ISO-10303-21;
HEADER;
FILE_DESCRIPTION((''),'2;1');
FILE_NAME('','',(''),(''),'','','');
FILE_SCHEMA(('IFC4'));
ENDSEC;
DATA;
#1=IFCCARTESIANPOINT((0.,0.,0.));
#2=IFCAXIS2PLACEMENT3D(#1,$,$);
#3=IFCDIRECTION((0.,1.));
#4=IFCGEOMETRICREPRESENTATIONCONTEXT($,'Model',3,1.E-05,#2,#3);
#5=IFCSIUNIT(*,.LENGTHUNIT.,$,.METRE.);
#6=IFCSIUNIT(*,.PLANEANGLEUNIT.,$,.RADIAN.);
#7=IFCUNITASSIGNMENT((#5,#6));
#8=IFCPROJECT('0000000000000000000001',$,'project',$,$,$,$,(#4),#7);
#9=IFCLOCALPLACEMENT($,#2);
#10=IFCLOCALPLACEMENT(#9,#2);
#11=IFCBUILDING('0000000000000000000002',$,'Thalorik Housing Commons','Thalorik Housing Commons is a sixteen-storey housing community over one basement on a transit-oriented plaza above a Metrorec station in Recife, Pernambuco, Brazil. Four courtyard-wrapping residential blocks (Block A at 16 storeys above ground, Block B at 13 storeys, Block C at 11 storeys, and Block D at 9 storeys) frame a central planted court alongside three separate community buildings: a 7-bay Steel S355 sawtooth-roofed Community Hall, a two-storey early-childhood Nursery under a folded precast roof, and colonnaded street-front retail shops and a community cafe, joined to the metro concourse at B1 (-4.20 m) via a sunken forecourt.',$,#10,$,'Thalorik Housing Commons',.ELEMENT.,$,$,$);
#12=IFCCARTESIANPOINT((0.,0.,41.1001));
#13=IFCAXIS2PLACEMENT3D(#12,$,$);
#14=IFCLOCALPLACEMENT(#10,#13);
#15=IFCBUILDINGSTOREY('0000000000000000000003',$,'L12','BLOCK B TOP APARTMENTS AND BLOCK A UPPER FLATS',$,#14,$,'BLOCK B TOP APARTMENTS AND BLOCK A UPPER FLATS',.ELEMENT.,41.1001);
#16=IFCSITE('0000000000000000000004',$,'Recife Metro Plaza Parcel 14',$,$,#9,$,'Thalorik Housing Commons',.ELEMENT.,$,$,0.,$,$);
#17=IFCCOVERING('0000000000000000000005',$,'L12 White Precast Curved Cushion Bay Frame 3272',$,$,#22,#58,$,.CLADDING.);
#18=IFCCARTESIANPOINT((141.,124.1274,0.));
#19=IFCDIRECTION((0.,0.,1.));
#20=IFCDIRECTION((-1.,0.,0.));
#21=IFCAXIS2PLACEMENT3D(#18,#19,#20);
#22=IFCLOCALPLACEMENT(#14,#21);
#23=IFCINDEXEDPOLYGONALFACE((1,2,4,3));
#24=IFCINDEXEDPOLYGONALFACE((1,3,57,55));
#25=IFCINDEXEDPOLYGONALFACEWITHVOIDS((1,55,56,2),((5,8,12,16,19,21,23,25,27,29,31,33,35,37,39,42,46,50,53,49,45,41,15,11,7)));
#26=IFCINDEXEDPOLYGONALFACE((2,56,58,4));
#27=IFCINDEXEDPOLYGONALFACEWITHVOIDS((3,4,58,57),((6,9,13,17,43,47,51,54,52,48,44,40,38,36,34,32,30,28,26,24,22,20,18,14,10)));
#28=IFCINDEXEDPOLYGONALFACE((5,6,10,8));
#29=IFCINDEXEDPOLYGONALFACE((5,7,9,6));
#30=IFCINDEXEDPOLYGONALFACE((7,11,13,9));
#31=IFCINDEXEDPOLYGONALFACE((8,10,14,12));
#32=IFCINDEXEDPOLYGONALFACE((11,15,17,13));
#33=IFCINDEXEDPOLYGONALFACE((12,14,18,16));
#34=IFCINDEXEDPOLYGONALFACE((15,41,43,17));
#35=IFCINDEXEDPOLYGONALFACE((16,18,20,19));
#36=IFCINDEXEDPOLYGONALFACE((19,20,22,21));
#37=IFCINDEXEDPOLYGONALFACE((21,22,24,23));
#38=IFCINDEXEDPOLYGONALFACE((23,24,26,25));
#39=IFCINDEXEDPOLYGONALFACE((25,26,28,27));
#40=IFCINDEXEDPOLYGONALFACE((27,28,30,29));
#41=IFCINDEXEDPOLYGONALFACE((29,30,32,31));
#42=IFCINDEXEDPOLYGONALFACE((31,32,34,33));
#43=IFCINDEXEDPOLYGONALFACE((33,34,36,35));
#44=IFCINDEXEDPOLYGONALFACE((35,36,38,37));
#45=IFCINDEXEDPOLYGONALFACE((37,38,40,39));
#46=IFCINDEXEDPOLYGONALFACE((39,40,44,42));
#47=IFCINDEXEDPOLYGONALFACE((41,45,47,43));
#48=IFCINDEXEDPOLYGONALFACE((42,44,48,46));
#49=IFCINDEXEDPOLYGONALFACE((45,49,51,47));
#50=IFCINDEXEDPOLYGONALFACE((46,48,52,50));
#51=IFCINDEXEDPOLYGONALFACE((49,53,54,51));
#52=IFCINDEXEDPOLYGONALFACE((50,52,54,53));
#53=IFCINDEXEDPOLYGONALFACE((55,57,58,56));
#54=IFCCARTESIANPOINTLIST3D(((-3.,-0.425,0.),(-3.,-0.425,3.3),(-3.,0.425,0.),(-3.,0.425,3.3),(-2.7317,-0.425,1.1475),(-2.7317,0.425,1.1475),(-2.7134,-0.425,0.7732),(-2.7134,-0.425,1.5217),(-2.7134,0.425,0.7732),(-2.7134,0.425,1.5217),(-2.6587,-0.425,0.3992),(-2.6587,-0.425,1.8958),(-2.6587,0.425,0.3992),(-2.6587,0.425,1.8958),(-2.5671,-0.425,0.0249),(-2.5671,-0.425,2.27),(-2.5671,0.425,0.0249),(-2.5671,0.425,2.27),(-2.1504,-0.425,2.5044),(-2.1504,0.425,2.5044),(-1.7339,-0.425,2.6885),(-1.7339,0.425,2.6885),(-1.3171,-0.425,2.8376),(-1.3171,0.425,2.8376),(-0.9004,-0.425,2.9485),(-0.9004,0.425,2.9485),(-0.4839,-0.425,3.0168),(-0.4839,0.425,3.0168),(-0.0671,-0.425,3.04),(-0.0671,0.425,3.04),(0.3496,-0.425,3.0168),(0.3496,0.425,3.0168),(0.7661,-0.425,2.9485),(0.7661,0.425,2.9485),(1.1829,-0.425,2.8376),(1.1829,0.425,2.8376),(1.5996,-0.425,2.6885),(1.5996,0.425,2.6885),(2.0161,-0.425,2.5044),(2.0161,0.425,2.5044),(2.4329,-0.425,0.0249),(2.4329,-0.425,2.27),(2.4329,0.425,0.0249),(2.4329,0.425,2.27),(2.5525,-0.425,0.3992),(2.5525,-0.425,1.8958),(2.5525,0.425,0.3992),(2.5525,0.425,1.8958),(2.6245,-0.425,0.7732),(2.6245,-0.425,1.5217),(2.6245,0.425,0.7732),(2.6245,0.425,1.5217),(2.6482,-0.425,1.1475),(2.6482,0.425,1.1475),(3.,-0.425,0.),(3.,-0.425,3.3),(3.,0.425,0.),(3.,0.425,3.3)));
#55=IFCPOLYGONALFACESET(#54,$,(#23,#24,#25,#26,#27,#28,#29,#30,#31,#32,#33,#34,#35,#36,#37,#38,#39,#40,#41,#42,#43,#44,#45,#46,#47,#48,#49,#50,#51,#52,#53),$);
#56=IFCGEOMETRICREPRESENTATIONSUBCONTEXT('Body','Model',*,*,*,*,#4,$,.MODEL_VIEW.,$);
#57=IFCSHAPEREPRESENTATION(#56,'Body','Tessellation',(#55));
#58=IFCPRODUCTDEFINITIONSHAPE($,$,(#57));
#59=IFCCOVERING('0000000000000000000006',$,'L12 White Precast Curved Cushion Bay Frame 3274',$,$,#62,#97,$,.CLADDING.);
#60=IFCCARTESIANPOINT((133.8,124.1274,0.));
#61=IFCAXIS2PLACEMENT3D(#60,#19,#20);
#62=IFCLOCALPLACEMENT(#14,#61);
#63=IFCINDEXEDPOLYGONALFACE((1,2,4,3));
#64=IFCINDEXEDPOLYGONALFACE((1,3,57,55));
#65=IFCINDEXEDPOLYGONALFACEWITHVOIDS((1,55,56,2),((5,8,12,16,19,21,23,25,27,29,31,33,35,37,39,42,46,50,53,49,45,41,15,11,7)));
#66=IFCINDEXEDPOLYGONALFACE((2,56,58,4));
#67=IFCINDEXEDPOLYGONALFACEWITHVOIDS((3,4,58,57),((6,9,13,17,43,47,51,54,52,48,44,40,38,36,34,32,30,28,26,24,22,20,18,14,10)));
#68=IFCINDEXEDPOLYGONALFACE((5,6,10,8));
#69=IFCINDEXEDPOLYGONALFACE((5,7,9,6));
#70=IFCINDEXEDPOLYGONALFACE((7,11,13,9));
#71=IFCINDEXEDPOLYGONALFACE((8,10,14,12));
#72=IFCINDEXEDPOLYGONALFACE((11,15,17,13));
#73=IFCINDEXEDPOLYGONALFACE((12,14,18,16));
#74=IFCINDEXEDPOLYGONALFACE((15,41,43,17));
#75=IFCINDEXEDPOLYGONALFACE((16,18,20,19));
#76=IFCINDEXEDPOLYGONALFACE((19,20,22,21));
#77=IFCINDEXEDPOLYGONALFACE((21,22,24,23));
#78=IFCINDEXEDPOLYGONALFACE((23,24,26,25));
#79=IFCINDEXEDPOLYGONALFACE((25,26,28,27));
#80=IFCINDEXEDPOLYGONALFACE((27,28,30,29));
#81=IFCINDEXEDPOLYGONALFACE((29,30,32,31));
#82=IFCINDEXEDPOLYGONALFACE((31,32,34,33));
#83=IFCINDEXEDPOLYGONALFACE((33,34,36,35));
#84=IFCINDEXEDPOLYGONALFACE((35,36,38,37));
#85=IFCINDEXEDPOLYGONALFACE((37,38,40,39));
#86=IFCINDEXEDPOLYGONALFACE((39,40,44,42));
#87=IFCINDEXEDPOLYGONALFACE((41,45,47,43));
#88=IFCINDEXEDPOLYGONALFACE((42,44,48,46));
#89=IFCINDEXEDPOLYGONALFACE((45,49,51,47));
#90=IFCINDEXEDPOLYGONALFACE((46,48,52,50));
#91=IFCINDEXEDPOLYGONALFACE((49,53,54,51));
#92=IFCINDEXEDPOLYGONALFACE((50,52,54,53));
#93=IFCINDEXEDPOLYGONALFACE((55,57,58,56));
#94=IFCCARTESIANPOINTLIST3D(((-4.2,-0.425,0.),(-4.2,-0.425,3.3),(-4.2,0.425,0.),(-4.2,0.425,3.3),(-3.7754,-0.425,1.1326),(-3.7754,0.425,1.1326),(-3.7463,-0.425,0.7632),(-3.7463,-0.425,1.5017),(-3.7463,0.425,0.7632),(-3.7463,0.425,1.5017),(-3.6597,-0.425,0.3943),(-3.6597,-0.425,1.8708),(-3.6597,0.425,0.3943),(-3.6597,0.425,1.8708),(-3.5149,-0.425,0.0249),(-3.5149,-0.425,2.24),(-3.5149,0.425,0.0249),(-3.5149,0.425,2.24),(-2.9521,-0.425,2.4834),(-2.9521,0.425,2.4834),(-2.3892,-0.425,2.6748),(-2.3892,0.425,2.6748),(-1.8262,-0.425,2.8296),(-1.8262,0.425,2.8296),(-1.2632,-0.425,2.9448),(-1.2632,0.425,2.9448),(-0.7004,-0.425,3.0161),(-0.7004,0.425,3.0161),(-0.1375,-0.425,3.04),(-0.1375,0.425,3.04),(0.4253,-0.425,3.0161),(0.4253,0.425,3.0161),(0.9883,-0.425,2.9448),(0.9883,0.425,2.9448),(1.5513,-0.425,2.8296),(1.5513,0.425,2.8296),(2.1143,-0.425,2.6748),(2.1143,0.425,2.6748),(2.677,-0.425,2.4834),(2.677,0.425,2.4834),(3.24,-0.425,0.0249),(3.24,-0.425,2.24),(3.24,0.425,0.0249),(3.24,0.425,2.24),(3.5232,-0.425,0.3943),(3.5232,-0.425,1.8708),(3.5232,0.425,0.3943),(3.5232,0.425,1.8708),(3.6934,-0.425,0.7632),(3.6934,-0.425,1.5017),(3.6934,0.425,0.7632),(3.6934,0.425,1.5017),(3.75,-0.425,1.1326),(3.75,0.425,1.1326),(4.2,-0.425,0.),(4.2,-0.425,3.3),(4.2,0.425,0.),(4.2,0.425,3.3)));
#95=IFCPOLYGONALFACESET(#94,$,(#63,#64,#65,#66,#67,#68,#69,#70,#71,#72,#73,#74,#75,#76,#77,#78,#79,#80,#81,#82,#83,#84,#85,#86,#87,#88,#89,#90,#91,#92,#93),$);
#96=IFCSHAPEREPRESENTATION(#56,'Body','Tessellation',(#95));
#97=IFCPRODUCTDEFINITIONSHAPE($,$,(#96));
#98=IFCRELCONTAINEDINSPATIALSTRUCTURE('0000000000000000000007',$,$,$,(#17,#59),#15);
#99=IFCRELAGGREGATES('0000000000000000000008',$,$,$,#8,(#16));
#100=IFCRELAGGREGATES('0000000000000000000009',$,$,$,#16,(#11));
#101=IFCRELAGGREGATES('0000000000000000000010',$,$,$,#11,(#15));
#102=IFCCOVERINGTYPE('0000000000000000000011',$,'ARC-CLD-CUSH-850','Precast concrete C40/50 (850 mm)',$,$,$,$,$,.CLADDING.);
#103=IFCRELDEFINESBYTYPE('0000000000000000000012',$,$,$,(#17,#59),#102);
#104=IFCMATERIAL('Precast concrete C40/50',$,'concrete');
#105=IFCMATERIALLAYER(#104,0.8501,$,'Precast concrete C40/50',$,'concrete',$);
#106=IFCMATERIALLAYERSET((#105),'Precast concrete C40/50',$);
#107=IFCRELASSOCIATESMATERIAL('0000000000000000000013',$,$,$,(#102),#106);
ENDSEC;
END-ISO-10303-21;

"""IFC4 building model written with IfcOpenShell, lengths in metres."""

from ifc_helpers import new_model, si_unit, direction, frame, origin, place, context, subcontext, project, spatial, polyline, outline, extrude, material, layer, layer_set, type_object, element, save


model = new_model("IFC4")

# Units and contexts
model_context = context("Model", 3, precision=1e-05, world=origin(), true_north=direction((0.0, 1.0)))
body_context = subcontext(model_context, "Body", "Model", "MODEL_VIEW")
ifc_project = project(units=[si_unit("LENGTHUNIT", "METRE"), si_unit("PLANEANGLEUNIT", "RADIAN")], contexts=[model_context])

# Site, building, storey
site_placement = place(None, origin())
site = spatial("IfcSite", under=ifc_project, at=site_placement, Name="Recife Metro Plaza Parcel 14", LongName="Thalorik Housing Commons", CompositionType="ELEMENT", RefElevation=0.0)
building_placement = place(site_placement, origin())
building = spatial("IfcBuilding", under=site, at=building_placement, Name="Thalorik Housing Commons", Description="Thalorik Housing Commons is a sixteen-storey housing community over one basement on a transit-oriented plaza above a Metrorec station in Recife, Pernambuco, Brazil. Four courtyard-wrapping residential blocks (Block A at 16 storeys above ground, Block B at 13 storeys, Block C at 11 storeys, and Block D at 9 storeys) frame a central planted court alongside three separate community buildings: a 7-bay Steel S355 sawtooth-roofed Community Hall, a two-storey early-childhood Nursery under a folded precast roof, and colonnaded street-front retail shops and a community cafe, joined to the metro concourse at B1 (-4.20 m) via a sunken forecourt.", LongName="Thalorik Housing Commons", CompositionType="ELEMENT")
storey_placement = place(building_placement, frame((0.0, 0.0, 41.1001)))
storey = spatial("IfcBuildingStorey", under=building, at=storey_placement, Name="L12", Description="BLOCK B TOP APARTMENTS AND BLOCK A UPPER FLATS", LongName="BLOCK B TOP APARTMENTS AND BLOCK A UPPER FLATS", CompositionType="ELEMENT", Elevation=41.1001)

# Shared definitions
ifc_material_1 = material(Name="Precast concrete C40/50", Category="concrete")

# Coverings
ifc_layer_1 = layer(ifc_material_1, 0.8501, Name="Precast concrete C40/50", Category="concrete")
ifc_layer_set_1 = layer_set([ifc_layer_1], Name="Precast concrete C40/50")
covering_type_1 = type_object("IfcCoveringType", Name="ARC-CLD-CUSH-850", Description="Precast concrete C40/50 (850 mm)", PredefinedType="CLADDING", material=ifc_layer_set_1)
covering_1_placement = place(storey_placement, frame((141.0, 124.1274, 0.0), z_axis=(0.0, 0.0, 1.0), x_axis=(-1.0, 0.0, 0.0)))
element("IfcCovering", 1, at=covering_1_placement, inside=storey, type_object=covering_type_1, Name="L12 White Precast Curved Cushion Bay Frame 3272", PredefinedType="CLADDING", context=body_context, shape_type="SweptSolid", body=[
    extrude(outline(polyline([(-3.0, 0.0), (3.0, 0.0), (3.0, 3.3), (-3.0, 3.3), (-3.0, 0.0)]), holes=[polyline([(2.4329, 0.0249), (2.5525, 0.3992), (2.6245, 0.7732), (2.6482, 1.1475), (2.6245, 1.5217), (2.5525, 1.8958), (2.4329, 2.27), (2.0161, 2.5044), (1.5996, 2.6885), (1.1829, 2.8376), (0.7661, 2.9485), (0.3496, 3.0168), (-0.0671, 3.04), (-0.4839, 3.0168), (-0.9004, 2.9485), (-1.3171, 2.8376), (-1.7339, 2.6885), (-2.1504, 2.5044), (-2.5671, 2.27), (-2.6587, 1.8958), (-2.7134, 1.5217), (-2.7317, 1.1475), (-2.7134, 0.7732), (-2.6587, 0.3992), (-2.5671, 0.0249), (2.4329, 0.0249)])]), frame((0.0, 0.425, 0.0), z_axis=(0.0, -1.0, 0.0), x_axis=(1.0, 0.0, 0.0)), (0.0, 0.0, 1.0), 0.8501),
])
covering_2_placement = place(storey_placement, frame((133.8, 124.1274, 0.0), z_axis=(0.0, 0.0, 1.0), x_axis=(-1.0, 0.0, 0.0)))
element("IfcCovering", 2, at=covering_2_placement, inside=storey, type_object=covering_type_1, Name="L12 White Precast Curved Cushion Bay Frame 3274", PredefinedType="CLADDING", context=body_context, shape_type="SweptSolid", body=[
    extrude(outline(polyline([(-4.2, 0.0), (4.2, 0.0), (4.2, 3.3), (-4.2, 3.3), (-4.2, 0.0)]), holes=[polyline([(3.24, 0.0249), (3.5232, 0.3943), (3.6934, 0.7632), (3.75, 1.1326), (3.6934, 1.5017), (3.5232, 1.8708), (3.24, 2.24), (2.677, 2.4834), (2.1143, 2.6748), (1.5513, 2.8296), (0.9883, 2.9448), (0.4253, 3.0161), (-0.1375, 3.04), (-0.7004, 3.0161), (-1.2632, 2.9448), (-1.8262, 2.8296), (-2.3892, 2.6748), (-2.9521, 2.4834), (-3.5149, 2.24), (-3.6597, 1.8708), (-3.7463, 1.5017), (-3.7754, 1.1326), (-3.7463, 0.7632), (-3.6597, 0.3943), (-3.5149, 0.0249), (3.24, 0.0249)])]), frame((0.0, 0.425, 0.0), z_axis=(0.0, -1.0, 0.0), x_axis=(1.0, 0.0, 0.0)), (0.0, 0.0, 1.0), 0.8501),
])

save(model, "model.ifc")
